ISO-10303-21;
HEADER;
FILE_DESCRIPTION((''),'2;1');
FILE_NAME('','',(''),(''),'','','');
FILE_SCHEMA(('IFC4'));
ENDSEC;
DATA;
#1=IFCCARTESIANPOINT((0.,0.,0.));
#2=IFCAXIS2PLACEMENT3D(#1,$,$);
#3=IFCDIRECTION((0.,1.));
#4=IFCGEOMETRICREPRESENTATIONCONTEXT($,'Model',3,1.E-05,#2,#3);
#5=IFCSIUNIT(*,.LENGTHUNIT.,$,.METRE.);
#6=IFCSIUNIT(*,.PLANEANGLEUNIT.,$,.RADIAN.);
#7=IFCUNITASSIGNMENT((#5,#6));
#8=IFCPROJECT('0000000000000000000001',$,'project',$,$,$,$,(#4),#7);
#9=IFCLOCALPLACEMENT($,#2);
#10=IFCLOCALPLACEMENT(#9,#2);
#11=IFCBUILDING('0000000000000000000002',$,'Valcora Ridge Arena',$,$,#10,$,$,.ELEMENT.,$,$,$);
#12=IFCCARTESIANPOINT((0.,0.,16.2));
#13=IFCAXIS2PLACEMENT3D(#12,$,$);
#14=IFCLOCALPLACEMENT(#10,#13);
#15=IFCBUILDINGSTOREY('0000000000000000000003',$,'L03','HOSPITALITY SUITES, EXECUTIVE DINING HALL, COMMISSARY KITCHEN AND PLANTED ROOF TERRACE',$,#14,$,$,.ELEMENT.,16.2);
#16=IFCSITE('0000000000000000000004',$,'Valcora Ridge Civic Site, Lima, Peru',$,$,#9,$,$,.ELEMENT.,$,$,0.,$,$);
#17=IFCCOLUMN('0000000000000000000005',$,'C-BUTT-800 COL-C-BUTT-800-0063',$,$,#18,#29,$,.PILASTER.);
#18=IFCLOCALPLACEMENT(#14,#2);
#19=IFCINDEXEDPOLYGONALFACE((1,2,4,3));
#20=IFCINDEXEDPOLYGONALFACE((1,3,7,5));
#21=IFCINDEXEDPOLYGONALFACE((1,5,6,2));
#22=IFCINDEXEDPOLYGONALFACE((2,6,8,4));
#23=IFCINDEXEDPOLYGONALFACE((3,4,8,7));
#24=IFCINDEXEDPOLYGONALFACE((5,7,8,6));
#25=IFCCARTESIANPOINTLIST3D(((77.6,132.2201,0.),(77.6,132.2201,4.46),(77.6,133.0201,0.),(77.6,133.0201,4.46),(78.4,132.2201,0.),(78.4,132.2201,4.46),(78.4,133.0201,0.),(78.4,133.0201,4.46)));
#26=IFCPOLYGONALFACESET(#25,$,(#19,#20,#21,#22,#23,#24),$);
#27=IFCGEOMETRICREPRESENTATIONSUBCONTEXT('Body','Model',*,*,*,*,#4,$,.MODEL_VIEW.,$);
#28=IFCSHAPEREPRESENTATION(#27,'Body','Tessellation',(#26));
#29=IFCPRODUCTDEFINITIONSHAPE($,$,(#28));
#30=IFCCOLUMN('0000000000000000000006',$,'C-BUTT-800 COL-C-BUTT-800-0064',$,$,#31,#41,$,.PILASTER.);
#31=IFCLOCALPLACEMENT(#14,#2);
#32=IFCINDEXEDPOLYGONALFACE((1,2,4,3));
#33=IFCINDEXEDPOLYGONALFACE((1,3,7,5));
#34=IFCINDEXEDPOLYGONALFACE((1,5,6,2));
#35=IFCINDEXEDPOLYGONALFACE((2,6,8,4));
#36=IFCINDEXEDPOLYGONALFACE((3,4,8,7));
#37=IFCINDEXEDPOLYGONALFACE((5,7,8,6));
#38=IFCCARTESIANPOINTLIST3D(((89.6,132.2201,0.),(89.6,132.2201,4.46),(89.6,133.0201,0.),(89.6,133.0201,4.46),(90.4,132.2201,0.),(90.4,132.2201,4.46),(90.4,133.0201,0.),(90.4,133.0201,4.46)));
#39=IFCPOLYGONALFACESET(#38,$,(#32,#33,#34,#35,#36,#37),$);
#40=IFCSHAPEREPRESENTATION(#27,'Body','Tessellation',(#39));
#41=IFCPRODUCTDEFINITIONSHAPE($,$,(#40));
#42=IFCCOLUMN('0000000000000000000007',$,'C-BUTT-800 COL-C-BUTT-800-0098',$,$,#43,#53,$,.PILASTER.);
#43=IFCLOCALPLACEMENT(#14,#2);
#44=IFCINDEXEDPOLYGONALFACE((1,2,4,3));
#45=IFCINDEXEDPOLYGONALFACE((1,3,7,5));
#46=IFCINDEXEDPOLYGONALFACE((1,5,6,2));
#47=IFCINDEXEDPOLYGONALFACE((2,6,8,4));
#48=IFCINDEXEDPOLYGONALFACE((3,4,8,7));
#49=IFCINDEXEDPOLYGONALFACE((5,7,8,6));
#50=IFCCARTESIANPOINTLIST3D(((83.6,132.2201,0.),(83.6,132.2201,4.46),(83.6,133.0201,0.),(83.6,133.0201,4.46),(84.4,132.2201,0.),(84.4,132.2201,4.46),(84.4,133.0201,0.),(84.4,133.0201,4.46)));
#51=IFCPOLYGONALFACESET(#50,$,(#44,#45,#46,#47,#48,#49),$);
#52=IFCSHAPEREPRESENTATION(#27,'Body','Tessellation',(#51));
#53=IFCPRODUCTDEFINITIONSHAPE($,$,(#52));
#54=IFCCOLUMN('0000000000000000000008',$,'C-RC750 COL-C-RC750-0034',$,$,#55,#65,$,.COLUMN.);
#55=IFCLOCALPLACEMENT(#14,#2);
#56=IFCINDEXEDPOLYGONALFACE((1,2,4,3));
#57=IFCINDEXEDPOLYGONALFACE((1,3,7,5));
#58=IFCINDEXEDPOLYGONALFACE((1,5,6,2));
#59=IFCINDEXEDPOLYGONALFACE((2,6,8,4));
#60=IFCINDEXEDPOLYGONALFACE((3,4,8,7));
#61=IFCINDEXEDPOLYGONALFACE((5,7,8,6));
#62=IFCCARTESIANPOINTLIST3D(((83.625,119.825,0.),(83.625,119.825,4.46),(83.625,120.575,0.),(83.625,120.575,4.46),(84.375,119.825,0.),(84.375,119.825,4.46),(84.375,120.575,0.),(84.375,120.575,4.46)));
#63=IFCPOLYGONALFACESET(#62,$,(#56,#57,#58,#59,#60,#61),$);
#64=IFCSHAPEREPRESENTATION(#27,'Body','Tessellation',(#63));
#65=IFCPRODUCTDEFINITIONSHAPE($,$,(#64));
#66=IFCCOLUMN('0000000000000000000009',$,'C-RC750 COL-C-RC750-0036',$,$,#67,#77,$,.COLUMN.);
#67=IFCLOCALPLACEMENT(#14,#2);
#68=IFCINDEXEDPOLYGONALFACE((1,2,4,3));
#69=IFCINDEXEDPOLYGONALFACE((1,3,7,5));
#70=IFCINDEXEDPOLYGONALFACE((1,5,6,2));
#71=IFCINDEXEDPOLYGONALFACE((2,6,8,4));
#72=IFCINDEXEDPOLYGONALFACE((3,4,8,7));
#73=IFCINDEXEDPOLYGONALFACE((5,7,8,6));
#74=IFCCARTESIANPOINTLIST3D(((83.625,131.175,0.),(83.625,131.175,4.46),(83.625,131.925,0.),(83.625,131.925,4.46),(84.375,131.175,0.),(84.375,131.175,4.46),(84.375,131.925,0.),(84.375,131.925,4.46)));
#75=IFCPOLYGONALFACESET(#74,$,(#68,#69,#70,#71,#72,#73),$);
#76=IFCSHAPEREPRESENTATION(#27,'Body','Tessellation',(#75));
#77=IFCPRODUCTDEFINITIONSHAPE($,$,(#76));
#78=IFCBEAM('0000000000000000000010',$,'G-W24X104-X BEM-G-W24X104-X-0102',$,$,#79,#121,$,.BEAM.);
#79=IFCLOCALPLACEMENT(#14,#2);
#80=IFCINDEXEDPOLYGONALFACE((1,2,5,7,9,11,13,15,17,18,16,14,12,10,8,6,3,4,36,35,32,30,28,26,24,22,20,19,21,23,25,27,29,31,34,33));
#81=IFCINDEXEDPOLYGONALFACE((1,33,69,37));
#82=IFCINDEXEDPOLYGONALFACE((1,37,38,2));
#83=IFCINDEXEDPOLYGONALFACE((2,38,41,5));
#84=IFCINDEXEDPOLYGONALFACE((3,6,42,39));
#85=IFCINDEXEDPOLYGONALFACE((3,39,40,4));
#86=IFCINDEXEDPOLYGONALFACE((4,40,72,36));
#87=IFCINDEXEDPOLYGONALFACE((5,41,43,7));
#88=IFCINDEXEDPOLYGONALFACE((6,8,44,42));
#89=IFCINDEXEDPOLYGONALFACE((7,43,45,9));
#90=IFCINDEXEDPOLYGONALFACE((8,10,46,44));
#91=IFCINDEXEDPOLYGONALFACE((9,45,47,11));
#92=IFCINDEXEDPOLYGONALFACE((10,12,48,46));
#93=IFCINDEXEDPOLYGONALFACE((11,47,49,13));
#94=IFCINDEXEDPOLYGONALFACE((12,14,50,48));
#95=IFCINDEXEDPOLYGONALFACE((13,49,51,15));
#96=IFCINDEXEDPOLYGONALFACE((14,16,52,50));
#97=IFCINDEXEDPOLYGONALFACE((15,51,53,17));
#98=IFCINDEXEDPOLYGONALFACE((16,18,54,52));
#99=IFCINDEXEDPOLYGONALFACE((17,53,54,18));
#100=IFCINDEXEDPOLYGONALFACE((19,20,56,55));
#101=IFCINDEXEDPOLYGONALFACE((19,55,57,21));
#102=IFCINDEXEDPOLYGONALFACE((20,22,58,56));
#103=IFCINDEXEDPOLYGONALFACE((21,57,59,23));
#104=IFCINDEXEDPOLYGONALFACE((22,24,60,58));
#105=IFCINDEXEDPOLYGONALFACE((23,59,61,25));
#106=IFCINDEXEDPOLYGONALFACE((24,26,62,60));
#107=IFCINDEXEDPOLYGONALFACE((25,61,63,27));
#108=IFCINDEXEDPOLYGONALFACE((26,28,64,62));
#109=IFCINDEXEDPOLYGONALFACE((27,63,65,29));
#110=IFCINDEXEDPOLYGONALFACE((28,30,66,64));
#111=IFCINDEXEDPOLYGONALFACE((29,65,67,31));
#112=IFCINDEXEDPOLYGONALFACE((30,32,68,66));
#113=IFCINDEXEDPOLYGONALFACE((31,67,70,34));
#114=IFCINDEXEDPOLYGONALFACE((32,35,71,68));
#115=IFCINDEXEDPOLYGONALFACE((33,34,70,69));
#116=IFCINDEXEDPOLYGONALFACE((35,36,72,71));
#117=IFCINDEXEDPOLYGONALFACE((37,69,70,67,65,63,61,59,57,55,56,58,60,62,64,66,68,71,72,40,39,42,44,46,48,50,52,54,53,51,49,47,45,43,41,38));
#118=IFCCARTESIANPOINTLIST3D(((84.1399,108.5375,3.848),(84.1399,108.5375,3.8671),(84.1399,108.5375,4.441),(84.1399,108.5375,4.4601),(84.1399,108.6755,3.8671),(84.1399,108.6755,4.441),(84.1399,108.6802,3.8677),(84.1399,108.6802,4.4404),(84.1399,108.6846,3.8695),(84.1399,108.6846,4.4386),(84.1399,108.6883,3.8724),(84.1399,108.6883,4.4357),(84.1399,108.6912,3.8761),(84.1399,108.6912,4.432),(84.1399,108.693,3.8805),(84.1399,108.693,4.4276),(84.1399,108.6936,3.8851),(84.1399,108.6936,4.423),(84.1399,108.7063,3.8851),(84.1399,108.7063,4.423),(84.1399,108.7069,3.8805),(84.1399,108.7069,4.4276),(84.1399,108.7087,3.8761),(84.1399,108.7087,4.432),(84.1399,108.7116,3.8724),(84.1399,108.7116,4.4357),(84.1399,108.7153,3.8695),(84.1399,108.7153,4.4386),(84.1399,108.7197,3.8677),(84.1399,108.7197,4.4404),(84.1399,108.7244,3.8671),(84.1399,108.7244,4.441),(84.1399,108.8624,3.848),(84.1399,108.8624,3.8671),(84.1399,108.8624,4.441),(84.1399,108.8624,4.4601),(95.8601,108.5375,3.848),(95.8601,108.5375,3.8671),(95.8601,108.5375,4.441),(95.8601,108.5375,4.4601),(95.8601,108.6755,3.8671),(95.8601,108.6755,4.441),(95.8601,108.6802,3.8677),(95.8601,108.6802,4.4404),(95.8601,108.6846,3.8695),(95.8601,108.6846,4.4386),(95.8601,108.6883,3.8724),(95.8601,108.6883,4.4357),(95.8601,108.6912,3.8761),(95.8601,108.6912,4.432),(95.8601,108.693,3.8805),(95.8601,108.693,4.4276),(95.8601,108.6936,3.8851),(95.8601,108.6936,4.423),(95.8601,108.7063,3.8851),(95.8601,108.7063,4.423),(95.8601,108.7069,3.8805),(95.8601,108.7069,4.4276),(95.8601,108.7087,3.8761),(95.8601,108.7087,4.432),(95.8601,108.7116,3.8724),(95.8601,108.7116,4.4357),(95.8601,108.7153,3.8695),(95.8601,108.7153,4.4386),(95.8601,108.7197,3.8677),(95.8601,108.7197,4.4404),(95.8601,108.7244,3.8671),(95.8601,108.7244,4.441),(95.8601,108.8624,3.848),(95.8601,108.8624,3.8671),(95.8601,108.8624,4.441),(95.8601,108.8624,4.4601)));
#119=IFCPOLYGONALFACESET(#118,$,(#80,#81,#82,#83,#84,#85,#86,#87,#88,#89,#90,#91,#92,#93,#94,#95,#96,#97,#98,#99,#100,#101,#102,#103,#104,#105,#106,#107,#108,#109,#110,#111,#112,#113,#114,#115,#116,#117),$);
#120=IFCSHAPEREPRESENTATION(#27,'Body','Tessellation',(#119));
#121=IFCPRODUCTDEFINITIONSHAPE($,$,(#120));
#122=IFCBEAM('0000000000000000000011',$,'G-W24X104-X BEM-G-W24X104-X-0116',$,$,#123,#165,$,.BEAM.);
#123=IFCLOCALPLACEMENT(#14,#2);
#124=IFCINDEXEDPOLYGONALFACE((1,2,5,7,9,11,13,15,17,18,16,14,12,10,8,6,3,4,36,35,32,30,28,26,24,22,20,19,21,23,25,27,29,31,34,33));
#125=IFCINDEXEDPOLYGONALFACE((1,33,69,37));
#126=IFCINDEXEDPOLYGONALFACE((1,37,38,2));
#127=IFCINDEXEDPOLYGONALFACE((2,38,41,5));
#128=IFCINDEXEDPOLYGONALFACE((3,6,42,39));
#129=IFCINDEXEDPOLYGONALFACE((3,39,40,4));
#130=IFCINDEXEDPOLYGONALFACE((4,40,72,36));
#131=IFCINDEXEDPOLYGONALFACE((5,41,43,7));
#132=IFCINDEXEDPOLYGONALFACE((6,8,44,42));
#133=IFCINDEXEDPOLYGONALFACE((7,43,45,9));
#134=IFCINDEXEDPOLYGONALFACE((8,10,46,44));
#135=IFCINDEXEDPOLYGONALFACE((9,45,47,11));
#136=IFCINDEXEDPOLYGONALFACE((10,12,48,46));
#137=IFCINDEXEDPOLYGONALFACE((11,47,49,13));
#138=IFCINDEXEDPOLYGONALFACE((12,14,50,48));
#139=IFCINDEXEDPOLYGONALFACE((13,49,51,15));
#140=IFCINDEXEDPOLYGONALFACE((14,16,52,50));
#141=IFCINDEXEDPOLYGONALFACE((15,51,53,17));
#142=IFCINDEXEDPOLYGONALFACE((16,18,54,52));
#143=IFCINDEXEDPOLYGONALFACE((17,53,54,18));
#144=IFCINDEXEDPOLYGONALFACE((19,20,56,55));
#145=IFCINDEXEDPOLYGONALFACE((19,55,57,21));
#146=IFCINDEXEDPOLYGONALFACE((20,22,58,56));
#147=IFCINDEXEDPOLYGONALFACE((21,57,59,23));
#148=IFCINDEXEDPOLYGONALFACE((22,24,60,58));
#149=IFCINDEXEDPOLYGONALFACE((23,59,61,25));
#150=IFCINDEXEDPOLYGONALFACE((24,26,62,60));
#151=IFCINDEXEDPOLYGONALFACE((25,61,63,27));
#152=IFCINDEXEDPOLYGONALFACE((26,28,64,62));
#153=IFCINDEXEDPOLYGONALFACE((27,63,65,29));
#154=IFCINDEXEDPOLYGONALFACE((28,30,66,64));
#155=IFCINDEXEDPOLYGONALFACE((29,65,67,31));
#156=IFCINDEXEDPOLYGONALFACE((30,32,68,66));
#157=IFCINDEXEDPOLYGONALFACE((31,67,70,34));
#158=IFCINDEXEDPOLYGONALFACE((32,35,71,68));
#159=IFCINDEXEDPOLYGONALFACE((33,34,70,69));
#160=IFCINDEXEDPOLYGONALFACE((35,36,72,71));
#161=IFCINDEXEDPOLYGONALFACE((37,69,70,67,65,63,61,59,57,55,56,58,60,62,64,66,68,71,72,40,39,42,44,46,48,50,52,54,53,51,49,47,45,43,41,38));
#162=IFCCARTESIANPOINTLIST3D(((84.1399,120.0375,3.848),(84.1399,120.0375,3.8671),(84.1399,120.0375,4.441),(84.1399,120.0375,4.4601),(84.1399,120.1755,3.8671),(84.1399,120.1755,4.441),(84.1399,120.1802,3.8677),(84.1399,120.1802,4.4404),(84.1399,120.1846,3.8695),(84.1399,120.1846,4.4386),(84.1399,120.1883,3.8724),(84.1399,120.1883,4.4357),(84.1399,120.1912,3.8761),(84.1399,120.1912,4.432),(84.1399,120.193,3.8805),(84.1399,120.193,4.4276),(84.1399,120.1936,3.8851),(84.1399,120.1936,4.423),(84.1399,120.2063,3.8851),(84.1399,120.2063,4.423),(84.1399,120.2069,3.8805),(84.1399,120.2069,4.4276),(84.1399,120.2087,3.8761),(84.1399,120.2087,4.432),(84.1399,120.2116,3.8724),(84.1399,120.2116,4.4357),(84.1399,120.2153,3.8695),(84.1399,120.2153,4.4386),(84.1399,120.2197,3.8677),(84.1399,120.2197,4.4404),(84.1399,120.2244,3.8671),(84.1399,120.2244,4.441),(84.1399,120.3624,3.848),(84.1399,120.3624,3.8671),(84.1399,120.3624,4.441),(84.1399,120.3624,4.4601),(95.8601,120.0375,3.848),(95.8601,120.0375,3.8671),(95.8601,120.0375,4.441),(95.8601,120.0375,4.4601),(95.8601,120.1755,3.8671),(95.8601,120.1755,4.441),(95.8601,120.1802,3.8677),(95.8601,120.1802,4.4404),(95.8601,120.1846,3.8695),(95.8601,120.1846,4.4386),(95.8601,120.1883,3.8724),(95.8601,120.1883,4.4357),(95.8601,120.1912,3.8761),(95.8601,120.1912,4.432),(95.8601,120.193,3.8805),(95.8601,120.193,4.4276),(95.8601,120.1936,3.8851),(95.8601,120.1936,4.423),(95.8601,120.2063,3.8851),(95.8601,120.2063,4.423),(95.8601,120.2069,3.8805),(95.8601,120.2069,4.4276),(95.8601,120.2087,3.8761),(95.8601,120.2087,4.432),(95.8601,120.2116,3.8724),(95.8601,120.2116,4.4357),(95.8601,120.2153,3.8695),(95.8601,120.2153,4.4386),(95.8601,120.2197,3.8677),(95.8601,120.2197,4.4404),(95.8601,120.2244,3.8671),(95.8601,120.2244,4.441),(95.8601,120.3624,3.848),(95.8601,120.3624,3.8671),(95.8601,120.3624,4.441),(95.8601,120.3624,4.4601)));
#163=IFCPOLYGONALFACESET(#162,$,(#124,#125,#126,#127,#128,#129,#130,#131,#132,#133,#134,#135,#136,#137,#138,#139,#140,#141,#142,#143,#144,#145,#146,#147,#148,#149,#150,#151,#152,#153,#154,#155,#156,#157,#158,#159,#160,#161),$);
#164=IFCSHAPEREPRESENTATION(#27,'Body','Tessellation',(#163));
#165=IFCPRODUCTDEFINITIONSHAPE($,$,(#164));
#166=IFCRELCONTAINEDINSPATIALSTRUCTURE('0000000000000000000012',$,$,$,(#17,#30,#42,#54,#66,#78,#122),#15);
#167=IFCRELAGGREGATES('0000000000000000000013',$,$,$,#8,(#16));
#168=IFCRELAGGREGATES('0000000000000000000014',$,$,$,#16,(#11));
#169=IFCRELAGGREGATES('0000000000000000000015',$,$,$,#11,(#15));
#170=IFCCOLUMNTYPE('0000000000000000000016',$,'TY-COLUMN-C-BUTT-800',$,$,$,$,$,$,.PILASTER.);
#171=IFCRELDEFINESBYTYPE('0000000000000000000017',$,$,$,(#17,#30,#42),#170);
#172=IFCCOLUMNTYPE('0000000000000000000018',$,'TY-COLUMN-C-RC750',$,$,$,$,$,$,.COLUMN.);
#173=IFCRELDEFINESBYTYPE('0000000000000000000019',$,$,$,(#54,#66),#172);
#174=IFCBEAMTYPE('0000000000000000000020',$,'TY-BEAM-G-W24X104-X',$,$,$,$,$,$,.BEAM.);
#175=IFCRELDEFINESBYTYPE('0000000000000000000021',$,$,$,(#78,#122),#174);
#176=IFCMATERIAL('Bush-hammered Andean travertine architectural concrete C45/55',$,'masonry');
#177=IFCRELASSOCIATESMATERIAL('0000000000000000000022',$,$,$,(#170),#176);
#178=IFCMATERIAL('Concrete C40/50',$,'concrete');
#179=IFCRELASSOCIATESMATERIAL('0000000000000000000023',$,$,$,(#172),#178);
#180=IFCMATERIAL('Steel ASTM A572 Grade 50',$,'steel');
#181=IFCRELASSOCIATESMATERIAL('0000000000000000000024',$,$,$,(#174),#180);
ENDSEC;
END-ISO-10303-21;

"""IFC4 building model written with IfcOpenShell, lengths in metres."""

from ifc_helpers import new_model, si_unit, direction, frame, origin, origin_2d, place, context, subcontext, project, spatial, rectangle, i_section, extrude, material, material_profile, profile_set, type_object, element, save


model = new_model("IFC4")

# Units and contexts
model_context = context("Model", 3, precision=1e-05, world=origin(), true_north=direction((0.0, 1.0)))
body_context = subcontext(model_context, "Body", "Model", "MODEL_VIEW")
ifc_project = project(units=[si_unit("LENGTHUNIT", "METRE"), si_unit("PLANEANGLEUNIT", "RADIAN")], contexts=[model_context])

# Site, building, storey
site_placement = place(None, origin())
site = spatial("IfcSite", under=ifc_project, at=site_placement, Name="Valcora Ridge Civic Site, Lima, Peru", CompositionType="ELEMENT", RefElevation=0.0)
building_placement = place(site_placement, origin())
building = spatial("IfcBuilding", under=site, at=building_placement, Name="Valcora Ridge Arena", CompositionType="ELEMENT")
storey_placement = place(building_placement, frame((0.0, 0.0, 16.2)))
storey = spatial("IfcBuildingStorey", under=building, at=storey_placement, Name="L03", Description="HOSPITALITY SUITES, EXECUTIVE DINING HALL, COMMISSARY KITCHEN AND PLANTED ROOF TERRACE", CompositionType="ELEMENT", Elevation=16.2)

# Columns
ifc_material_1 = material(Name="Bush-hammered Andean travertine architectural concrete C45/55", Category="masonry")
ifc_material_profile_1 = material_profile(ifc_material_1, rectangle(XDim=0.8, YDim=0.8, at=origin_2d()), Name="RC 800x800")
ifc_profile_set_1 = profile_set([ifc_material_profile_1], Name="Bush-hammered Andean travertine architectural concrete C45/55")
column_type_1 = type_object("IfcColumnType", Name="TY-COLUMN-C-BUTT-800", PredefinedType="PILASTER", material=ifc_profile_set_1)
for number, where, z_axis, x_axis, name in (
    (1, (78.0, 132.6201, 0.0), (0.0, 0.0, 1.0), (1.0, 0.0, 0.0), "C-BUTT-800 COL-C-BUTT-800-0063"),
    (2, (90.0, 132.6201, 0.0), (0.0, 0.0, 1.0), (1.0, 0.0, 0.0), "C-BUTT-800 COL-C-BUTT-800-0064"),
    (3, (84.0, 132.6201, 0.0), (0.0, 0.0, 1.0), (1.0, 0.0, 0.0), "C-BUTT-800 COL-C-BUTT-800-0098"),
):
    element("IfcColumn", number, at=place(storey_placement, frame(where, z_axis=z_axis, x_axis=x_axis)), inside=storey, type_object=column_type_1, Name=name, PredefinedType="PILASTER", context=body_context, shape_type="SweptSolid", body=[
        extrude(rectangle(XDim=0.8, YDim=0.8, at=origin_2d()), origin(), (0.0, 0.0, 1.0), 4.46),
    ])
ifc_material_2 = material(Name="Concrete C40/50", Category="concrete")
ifc_material_profile_2 = material_profile(ifc_material_2, rectangle(XDim=0.75, YDim=0.75, at=origin_2d()), Name="RC 750x750")
ifc_profile_set_2 = profile_set([ifc_material_profile_2], Name="Concrete C40/50")
column_type_2 = type_object("IfcColumnType", Name="TY-COLUMN-C-RC750", PredefinedType="COLUMN", material=ifc_profile_set_2)
for number, where, z_axis, x_axis, name in (
    (4, (84.0, 120.2, 0.0), (0.0, 0.0, 1.0), (1.0, 0.0, 0.0), "C-RC750 COL-C-RC750-0034"),
    (5, (84.0, 131.55, 0.0), (0.0, 0.0, 1.0), (1.0, 0.0, 0.0), "C-RC750 COL-C-RC750-0036"),
):
    element("IfcColumn", number, at=place(storey_placement, frame(where, z_axis=z_axis, x_axis=x_axis)), inside=storey, type_object=column_type_2, Name=name, PredefinedType="COLUMN", context=body_context, shape_type="SweptSolid", body=[
        extrude(rectangle(XDim=0.75, YDim=0.75, at=origin_2d()), origin(), (0.0, 0.0, 1.0), 4.46),
    ])

# Beams
ifc_material_3 = material(Name="Steel ASTM A572 Grade 50", Category="steel")
ifc_material_profile_3 = material_profile(ifc_material_3, i_section(OverallWidth=0.325, OverallDepth=0.6121, WebThickness=0.0127, FlangeThickness=0.019, FilletRadius=0.0181, at=origin_2d()), Name="W24X104")
ifc_profile_set_3 = profile_set([ifc_material_profile_3], Name="Steel ASTM A572 Grade 50")
beam_type_1 = type_object("IfcBeamType", Name="TY-BEAM-G-W24X104-X", PredefinedType="BEAM", material=ifc_profile_set_3)
for number, where, z_axis, x_axis, name in (
    (6, (84.1399, 108.7, 4.1541), (1.0, 0.0, 0.0), (0.0, 1.0, 0.0), "G-W24X104-X BEM-G-W24X104-X-0102"),
    (7, (84.1399, 120.2, 4.1541), (1.0, 0.0, 0.0), (0.0, 1.0, 0.0), "G-W24X104-X BEM-G-W24X104-X-0116"),
):
    element("IfcBeam", number, at=place(storey_placement, frame(where, z_axis=z_axis, x_axis=x_axis)), inside=storey, type_object=beam_type_1, Name=name, PredefinedType="BEAM", context=body_context, shape_type="SweptSolid", body=[
        extrude(i_section(OverallWidth=0.325, OverallDepth=0.6121, WebThickness=0.0127, FlangeThickness=0.019, FilletRadius=0.0181, at=origin_2d()), origin(), (0.0, 0.0, 1.0), 11.7202),
    ])

save(model, "model.ifc")
